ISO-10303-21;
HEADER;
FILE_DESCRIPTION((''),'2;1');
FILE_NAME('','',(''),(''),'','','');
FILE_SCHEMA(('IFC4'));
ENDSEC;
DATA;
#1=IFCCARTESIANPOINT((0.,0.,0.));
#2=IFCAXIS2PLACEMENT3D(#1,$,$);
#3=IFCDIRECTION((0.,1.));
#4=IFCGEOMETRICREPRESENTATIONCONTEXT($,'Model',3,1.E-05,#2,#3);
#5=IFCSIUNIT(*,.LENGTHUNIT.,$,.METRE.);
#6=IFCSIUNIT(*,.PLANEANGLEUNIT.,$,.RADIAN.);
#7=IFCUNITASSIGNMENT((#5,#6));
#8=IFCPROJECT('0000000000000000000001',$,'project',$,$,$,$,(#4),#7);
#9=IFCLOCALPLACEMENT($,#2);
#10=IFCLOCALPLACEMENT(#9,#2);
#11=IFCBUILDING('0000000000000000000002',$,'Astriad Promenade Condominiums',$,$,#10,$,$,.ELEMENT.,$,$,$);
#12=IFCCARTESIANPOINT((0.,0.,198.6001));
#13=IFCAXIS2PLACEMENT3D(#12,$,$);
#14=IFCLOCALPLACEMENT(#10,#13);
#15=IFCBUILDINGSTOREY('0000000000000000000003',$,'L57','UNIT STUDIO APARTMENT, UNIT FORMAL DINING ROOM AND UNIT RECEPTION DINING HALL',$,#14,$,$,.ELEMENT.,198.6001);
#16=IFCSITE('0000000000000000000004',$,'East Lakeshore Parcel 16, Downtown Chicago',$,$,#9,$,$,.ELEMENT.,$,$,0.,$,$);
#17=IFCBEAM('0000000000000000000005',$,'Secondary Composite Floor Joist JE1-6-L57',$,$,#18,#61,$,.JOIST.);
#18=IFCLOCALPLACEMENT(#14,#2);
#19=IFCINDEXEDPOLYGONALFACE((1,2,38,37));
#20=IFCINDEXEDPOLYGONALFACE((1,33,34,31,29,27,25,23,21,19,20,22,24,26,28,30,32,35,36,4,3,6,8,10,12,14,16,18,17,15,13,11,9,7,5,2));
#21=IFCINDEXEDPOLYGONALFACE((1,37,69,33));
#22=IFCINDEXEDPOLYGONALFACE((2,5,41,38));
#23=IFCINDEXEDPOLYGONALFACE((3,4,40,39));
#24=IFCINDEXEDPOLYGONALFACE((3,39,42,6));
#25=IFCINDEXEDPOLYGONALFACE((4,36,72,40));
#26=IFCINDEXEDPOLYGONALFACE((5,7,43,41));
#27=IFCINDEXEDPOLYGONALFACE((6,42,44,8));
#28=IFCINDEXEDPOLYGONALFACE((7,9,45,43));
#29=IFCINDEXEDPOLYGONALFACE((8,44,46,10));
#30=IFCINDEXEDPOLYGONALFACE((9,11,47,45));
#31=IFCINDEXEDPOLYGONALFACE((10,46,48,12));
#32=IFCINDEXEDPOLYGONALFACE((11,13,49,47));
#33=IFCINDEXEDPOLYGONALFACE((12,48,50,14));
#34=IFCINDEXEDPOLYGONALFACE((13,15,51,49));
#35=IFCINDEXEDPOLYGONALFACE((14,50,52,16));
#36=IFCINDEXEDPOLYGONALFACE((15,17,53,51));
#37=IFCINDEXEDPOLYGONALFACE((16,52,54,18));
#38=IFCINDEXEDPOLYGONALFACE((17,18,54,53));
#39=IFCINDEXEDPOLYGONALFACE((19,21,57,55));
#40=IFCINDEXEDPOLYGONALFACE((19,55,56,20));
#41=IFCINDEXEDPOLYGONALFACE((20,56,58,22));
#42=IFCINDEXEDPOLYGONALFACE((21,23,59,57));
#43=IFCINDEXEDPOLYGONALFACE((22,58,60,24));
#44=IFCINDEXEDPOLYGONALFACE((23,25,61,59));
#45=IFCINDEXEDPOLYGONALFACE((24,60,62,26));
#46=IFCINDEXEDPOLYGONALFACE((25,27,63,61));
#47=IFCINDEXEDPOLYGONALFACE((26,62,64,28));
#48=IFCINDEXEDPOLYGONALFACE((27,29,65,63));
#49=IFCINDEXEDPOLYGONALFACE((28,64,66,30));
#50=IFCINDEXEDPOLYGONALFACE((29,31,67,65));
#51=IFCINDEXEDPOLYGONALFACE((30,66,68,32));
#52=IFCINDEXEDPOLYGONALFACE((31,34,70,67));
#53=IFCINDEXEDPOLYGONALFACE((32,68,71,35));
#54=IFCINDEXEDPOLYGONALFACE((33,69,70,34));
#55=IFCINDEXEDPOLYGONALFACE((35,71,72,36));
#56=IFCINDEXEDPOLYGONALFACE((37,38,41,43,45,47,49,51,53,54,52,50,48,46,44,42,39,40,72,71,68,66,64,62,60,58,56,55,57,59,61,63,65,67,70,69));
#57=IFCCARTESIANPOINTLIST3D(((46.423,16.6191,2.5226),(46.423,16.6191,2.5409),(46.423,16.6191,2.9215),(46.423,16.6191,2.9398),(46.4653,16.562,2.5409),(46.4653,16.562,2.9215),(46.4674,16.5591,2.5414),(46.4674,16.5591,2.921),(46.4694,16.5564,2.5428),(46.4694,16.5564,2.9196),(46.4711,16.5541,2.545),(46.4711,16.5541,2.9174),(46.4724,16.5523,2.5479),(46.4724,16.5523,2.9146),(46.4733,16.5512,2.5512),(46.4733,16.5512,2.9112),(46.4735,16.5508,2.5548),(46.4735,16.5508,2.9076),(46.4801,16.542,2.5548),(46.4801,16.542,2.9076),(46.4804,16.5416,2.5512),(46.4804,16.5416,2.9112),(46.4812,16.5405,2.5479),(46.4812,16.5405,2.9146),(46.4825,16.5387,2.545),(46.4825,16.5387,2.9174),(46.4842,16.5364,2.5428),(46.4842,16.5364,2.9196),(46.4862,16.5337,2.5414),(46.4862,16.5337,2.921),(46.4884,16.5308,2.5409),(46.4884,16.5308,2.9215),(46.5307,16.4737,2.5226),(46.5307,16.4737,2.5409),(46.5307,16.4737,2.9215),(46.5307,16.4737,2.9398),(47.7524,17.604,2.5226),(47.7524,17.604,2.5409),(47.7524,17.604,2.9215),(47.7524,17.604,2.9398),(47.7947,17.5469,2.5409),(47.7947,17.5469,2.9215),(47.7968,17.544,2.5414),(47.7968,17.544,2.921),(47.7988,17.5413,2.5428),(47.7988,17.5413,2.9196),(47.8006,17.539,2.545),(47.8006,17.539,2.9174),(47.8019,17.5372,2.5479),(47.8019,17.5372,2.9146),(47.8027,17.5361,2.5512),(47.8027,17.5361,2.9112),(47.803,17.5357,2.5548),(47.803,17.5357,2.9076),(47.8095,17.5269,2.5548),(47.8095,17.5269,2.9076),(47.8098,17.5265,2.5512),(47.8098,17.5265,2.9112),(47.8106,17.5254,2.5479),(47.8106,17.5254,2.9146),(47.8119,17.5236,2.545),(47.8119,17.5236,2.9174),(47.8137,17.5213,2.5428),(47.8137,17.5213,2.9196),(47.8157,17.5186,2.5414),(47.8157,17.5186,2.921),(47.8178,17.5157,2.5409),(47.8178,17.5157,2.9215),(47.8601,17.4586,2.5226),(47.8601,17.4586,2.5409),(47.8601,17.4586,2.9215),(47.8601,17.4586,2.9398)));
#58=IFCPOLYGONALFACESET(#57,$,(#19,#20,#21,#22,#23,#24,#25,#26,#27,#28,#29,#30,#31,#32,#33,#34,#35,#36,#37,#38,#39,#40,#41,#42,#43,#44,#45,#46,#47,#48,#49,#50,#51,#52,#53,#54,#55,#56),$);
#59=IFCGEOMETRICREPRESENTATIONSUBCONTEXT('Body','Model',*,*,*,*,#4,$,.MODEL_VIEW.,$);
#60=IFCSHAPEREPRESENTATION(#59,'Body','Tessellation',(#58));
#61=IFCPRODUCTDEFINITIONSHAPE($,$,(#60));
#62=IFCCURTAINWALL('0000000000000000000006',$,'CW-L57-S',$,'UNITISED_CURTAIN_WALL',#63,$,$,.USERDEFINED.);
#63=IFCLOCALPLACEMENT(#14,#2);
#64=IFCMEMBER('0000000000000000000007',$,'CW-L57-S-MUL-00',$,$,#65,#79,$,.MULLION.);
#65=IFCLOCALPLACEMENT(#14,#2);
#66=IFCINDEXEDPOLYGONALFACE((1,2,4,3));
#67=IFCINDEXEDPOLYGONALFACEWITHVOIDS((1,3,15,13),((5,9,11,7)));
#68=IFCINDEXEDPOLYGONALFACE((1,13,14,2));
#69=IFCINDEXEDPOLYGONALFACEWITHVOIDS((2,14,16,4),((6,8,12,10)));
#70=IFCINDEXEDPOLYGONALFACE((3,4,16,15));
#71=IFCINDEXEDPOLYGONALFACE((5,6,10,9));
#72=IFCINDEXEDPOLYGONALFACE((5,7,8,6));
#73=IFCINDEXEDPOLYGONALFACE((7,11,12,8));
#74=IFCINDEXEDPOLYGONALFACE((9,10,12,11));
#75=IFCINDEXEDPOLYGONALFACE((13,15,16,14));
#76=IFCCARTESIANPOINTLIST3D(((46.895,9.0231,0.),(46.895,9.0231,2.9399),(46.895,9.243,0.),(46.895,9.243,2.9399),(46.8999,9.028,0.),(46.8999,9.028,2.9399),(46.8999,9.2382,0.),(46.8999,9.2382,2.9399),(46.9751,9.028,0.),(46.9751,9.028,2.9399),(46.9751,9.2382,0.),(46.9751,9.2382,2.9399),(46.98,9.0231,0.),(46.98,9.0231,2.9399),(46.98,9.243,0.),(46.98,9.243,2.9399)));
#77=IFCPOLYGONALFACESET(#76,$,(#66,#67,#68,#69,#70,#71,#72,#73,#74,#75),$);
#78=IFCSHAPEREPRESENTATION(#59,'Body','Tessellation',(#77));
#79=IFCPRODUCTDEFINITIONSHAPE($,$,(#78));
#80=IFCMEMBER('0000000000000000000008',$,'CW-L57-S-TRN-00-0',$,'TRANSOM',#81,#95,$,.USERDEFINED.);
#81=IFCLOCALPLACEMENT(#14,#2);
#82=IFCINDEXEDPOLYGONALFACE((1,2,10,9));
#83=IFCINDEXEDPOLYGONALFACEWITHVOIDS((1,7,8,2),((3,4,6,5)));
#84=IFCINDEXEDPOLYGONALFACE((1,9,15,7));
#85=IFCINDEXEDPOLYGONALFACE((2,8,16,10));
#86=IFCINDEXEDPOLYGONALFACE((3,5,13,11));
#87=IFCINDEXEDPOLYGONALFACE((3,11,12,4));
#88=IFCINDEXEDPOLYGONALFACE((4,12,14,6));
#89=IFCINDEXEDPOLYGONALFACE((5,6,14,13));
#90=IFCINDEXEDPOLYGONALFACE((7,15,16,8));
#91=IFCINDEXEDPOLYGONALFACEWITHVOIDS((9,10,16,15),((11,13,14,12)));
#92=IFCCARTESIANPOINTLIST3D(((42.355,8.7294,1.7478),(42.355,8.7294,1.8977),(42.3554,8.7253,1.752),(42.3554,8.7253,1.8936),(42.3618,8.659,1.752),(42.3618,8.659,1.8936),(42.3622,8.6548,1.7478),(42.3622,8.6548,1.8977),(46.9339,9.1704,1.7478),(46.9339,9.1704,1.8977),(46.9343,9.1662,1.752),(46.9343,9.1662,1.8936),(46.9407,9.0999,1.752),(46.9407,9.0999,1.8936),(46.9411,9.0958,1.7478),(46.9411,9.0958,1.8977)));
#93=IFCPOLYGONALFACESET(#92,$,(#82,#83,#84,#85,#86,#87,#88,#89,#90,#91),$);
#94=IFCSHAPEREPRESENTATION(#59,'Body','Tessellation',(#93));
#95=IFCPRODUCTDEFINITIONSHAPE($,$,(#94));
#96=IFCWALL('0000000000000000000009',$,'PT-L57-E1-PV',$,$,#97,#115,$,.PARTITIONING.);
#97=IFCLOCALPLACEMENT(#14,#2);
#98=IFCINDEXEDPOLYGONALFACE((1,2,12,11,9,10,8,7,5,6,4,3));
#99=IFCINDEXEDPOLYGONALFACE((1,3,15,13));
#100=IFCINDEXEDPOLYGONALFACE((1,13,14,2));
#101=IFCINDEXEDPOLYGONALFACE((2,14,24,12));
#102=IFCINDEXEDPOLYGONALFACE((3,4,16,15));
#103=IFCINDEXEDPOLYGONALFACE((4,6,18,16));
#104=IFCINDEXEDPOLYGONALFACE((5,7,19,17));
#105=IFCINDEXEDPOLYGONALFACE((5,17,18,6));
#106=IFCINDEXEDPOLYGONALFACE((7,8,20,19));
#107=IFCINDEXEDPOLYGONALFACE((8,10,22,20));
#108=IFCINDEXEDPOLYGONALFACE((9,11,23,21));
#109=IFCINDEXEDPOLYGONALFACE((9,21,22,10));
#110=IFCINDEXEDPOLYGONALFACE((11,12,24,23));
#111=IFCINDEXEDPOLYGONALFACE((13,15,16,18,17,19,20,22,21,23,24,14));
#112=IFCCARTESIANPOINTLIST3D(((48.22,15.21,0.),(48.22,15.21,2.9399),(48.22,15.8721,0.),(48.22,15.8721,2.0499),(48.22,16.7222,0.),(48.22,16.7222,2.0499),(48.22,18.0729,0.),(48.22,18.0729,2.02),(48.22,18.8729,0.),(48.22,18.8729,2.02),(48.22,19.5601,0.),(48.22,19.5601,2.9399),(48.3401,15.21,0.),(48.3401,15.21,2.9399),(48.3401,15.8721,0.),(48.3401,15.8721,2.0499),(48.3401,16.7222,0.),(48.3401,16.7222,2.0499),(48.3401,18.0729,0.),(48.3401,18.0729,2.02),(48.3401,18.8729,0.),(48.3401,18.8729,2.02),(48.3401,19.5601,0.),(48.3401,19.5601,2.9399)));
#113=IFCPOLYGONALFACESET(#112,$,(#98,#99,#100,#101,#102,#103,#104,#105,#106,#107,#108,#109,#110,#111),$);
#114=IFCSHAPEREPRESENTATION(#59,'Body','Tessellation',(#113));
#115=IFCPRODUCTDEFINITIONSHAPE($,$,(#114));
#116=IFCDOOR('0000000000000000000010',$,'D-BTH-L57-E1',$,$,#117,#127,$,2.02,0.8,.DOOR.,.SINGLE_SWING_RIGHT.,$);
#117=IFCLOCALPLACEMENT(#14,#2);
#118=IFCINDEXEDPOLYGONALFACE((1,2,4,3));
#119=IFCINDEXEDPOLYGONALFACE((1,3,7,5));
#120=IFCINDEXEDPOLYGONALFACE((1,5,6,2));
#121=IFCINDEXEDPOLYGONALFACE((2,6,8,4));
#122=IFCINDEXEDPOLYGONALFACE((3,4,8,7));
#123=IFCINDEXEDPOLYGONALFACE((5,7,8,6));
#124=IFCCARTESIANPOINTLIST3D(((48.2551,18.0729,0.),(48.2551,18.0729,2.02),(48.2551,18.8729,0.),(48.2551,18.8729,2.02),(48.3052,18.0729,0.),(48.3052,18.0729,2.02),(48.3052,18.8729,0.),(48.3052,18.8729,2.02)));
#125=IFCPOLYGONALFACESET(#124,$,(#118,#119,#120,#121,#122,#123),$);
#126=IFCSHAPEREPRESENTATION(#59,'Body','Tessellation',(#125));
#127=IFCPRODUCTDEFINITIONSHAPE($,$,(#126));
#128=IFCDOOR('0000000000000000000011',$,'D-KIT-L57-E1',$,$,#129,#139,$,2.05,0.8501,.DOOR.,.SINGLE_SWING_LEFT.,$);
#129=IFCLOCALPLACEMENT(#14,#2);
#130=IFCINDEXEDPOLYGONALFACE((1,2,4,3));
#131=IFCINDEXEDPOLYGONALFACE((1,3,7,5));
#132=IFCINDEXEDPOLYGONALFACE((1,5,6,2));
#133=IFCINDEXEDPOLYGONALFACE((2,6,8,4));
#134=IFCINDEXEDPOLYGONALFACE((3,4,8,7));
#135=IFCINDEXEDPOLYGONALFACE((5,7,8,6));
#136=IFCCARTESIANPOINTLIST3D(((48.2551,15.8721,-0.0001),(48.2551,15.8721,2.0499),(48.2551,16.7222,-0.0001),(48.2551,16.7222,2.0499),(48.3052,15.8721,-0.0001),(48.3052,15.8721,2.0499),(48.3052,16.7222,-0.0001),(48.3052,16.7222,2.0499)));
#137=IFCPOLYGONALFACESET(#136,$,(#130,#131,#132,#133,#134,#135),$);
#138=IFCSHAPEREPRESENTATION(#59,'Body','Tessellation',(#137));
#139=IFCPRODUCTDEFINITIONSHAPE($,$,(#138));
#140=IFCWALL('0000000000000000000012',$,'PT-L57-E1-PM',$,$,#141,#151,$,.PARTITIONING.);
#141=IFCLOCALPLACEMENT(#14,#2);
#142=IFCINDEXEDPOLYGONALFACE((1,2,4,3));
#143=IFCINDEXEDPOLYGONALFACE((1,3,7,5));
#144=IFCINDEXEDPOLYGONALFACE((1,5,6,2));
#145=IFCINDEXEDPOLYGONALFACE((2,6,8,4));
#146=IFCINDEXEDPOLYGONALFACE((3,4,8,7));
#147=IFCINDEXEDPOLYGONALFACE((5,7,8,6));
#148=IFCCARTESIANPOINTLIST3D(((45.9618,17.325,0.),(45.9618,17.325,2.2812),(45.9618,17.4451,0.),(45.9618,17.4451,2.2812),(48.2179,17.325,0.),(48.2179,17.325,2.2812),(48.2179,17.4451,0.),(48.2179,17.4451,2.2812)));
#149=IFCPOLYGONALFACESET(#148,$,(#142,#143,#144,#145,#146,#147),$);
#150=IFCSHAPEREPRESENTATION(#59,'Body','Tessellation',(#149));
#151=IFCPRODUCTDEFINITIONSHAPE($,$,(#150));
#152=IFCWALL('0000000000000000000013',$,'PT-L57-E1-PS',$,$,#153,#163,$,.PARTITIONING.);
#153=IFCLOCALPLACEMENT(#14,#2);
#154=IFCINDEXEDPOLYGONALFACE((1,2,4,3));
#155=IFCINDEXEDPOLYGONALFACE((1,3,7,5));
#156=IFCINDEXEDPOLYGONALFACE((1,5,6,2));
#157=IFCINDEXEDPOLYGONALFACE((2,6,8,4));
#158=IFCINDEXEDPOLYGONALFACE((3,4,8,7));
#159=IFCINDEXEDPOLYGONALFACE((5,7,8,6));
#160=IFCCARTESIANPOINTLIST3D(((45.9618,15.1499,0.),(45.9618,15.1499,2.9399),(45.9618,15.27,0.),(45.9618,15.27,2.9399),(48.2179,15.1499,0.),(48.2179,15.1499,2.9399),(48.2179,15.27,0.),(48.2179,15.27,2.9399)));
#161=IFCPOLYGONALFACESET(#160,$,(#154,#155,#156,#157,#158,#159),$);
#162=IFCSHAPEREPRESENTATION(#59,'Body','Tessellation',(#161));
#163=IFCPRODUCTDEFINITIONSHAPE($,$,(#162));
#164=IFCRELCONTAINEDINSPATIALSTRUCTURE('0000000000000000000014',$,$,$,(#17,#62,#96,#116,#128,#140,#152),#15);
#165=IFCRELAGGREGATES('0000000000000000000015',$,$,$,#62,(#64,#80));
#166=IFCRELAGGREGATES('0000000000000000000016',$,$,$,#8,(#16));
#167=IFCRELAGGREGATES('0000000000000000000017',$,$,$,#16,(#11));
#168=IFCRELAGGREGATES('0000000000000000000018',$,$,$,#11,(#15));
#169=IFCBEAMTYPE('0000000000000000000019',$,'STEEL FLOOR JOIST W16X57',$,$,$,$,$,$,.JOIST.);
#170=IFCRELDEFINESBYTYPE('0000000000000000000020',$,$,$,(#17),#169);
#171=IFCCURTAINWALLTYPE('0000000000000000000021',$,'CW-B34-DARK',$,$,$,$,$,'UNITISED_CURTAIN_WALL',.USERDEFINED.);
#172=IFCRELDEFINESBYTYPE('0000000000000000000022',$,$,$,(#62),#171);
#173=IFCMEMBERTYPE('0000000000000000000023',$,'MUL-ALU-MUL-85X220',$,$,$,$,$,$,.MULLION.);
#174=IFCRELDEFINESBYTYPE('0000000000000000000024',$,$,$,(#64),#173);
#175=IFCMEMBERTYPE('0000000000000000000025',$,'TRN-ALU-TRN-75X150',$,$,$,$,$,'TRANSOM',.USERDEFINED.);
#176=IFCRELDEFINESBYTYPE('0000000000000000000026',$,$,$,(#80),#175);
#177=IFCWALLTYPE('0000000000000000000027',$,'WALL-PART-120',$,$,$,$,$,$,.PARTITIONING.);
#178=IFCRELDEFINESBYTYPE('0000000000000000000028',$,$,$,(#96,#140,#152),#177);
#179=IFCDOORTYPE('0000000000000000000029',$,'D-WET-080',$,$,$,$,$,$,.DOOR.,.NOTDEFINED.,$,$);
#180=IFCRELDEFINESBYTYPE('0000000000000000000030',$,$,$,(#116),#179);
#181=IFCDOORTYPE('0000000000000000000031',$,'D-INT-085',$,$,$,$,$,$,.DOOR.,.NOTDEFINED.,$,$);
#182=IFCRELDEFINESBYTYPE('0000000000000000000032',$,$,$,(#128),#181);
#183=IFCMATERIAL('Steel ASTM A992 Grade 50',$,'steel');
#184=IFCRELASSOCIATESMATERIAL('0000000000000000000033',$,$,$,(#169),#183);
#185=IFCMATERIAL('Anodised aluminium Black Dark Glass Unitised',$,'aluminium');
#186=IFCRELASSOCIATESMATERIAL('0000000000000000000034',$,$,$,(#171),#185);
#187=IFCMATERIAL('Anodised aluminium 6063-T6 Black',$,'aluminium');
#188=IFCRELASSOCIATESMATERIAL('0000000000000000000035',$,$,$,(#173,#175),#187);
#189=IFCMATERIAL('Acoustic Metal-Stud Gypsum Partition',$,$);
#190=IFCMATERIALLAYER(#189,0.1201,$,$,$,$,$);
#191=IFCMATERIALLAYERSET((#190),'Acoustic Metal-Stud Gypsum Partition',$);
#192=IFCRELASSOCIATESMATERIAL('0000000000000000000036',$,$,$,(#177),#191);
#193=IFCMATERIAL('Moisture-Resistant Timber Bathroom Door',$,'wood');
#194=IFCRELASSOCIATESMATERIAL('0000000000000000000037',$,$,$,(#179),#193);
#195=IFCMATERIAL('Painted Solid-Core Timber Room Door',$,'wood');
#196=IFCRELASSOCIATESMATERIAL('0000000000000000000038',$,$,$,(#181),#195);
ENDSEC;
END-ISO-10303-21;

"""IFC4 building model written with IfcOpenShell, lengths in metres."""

from ifc_helpers import new_model, si_unit, direction, frame, frame_2d, origin, origin_2d, place, context, subcontext, project, spatial, rectangle, hollow_rectangle, i_section, extrude, source, transform, mapped, material, layer, layer_set, material_profile, profile_set, type_object, type_shapes, element, fill, aggregate, save


model = new_model("IFC4")

# Units and contexts
model_context = context("Model", 3, precision=1e-05, world=origin(), true_north=direction((0.0, 1.0)))
body_context = subcontext(model_context, "Body", "Model", "MODEL_VIEW")
ifc_project = project(units=[si_unit("LENGTHUNIT", "METRE"), si_unit("PLANEANGLEUNIT", "RADIAN")], contexts=[model_context])

# Site, building, storey
site_placement = place(None, origin())
site = spatial("IfcSite", under=ifc_project, at=site_placement, Name="East Lakeshore Parcel 16, Downtown Chicago", CompositionType="ELEMENT", RefElevation=0.0)
building_placement = place(site_placement, origin())
building = spatial("IfcBuilding", under=site, at=building_placement, Name="Astriad Promenade Condominiums", CompositionType="ELEMENT")
storey_placement = place(building_placement, frame((0.0, 0.0, 198.6001)))
storey = spatial("IfcBuildingStorey", under=building, at=storey_placement, Name="L57", Description="UNIT STUDIO APARTMENT, UNIT FORMAL DINING ROOM AND UNIT RECEPTION DINING HALL", CompositionType="ELEMENT", Elevation=198.6001)

# Beam
ifc_material_1 = material(Name="Steel ASTM A992 Grade 50", Category="steel")
ifc_material_profile_1 = material_profile(ifc_material_1, i_section(OverallWidth=0.1809, OverallDepth=0.4172, WebThickness=0.011, FlangeThickness=0.0183, FilletRadius=0.0139, at=origin_2d()), Name="W16X57")
ifc_profile_set_1 = profile_set([ifc_material_profile_1], Name="Steel ASTM A992 Grade 50")
beam_type_1 = type_object("IfcBeamType", Name="STEEL FLOOR JOIST W16X57", PredefinedType="JOIST", material=ifc_profile_set_1)
shared_shape_1 = source(origin(), body_context, "Body", "SweptSolid", [
    extrude(i_section(OverallWidth=0.1809, OverallDepth=0.4172, WebThickness=0.011, FlangeThickness=0.0183, FilletRadius=0.0139, at=origin_2d()), origin(), (0.0, 0.0, 1.0), 1.6545),
])
beam_1_placement = place(storey_placement, frame((46.4768, 16.5464, 2.7312), z_axis=(0.80351, 0.595291, 0.0), x_axis=(-0.595291, 0.80351, 0.0)))
element("IfcBeam", 1, at=beam_1_placement, inside=storey, type_object=beam_type_1, Name="Secondary Composite Floor Joist JE1-6-L57", PredefinedType="JOIST", context=body_context, shape_type="MappedRepresentation", body=[
    mapped(shared_shape_1, transform((0.0, 0.0, 0.0), scale=1.0)),
])

# Curtain wall, members
ifc_material_2 = material(Name="Anodised aluminium Black Dark Glass Unitised", Category="aluminium")
curtain_wall_type = type_object("IfcCurtainWallType", Name="CW-B34-DARK", ElementType="UNITISED_CURTAIN_WALL", PredefinedType="USERDEFINED", material=ifc_material_2)
curtain_wall_placement = place(storey_placement, origin())
curtain_wall = element("IfcCurtainWall", 2, at=curtain_wall_placement, inside=storey, type_object=curtain_wall_type, Name="CW-L57-S", ObjectType="UNITISED_CURTAIN_WALL", PredefinedType="USERDEFINED")
ifc_material_3 = material(Name="Anodised aluminium 6063-T6 Black", Category="aluminium")
ifc_material_profile_2 = material_profile(ifc_material_3, hollow_rectangle(XDim=0.085, YDim=0.22, WallThickness=0.0049, at=origin_2d()), Name="ALU-MUL-85X220")
ifc_profile_set_2 = profile_set([ifc_material_profile_2], Name="Anodised aluminium 6063-T6 Black")
member_type_1 = type_object("IfcMemberType", Name="MUL-ALU-MUL-85X220", PredefinedType="MULLION", material=ifc_profile_set_2)
shared_shape_2 = source(origin(), body_context, "Body", "SweptSolid", [
    extrude(hollow_rectangle(XDim=0.085, YDim=0.22, WallThickness=0.0049, at=origin_2d()), origin(), (0.0, 0.0, 1.0), 2.9399),
])
type_shapes(member_type_1, [shared_shape_2])
member_1_placement = place(storey_placement, frame((46.9375, 9.1331, 0.0), z_axis=(0.0, 0.0, 1.0), x_axis=(1.0, 0.0, 0.0)))
member_1 = element("IfcMember", 3, at=member_1_placement, type_object=member_type_1, Name="CW-L57-S-MUL-00", PredefinedType="MULLION", context=body_context, shape_type="MappedRepresentation", body=[
    mapped(shared_shape_2, transform((0.0, 0.0, 0.0), scale=1.0)),
])
ifc_material_profile_3 = material_profile(ifc_material_3, hollow_rectangle(XDim=0.075, YDim=0.1499, WallThickness=0.0042, at=origin_2d()), Name="ALU-TRN-75X150")
ifc_profile_set_3 = profile_set([ifc_material_profile_3], Name="Anodised aluminium 6063-T6 Black")
member_type_2 = type_object("IfcMemberType", Name="TRN-ALU-TRN-75X150", ElementType="TRANSOM", PredefinedType="USERDEFINED", material=ifc_profile_set_3)
shared_shape_3 = source(origin(), body_context, "Body", "SweptSolid", [
    extrude(hollow_rectangle(XDim=0.075, YDim=0.1499, WallThickness=0.0042, at=origin_2d()), origin(), (0.0, 0.0, 1.0), 4.6001),
])
type_shapes(member_type_2, [shared_shape_3])
member_2_placement = place(storey_placement, frame((46.9375, 9.1331, 1.8228), z_axis=(-0.995396, -0.095851, 0.0), x_axis=(0.095851, -0.995396, 0.0)))
member_2 = element("IfcMember", 4, at=member_2_placement, type_object=member_type_2, Name="CW-L57-S-TRN-00-0", ObjectType="TRANSOM", PredefinedType="USERDEFINED", context=body_context, shape_type="MappedRepresentation", body=[
    mapped(shared_shape_3, transform((0.0, 0.0, 0.0), scale=1.0)),
])
aggregate(curtain_wall, [member_1, member_2])

# Wall, openings, doors
ifc_material_4 = material(Name="Acoustic Metal-Stud Gypsum Partition")
ifc_layer = layer(ifc_material_4, 0.1201)
ifc_layer_set = layer_set([ifc_layer], Name="Acoustic Metal-Stud Gypsum Partition")
wall_type = type_object("IfcWallType", Name="WALL-PART-120", PredefinedType="PARTITIONING", material=ifc_layer_set)
wall_1_placement = place(storey_placement, frame((48.28, 15.21, 0.0), z_axis=(0.0, 0.0, 1.0), x_axis=(0.0, 1.0, 0.0)))
wall_1 = element("IfcWall", 5, at=wall_1_placement, inside=storey, type_object=wall_type, Name="PT-L57-E1-PV", PredefinedType="PARTITIONING", context=body_context, shape_type="SweptSolid", body=[
    extrude(rectangle(XDim=4.3501, YDim=0.1201, at=frame_2d((2.175, 0.0))), origin(), (0.0, 0.0, 1.0), 2.9399),
])
opening_1_placement = place(wall_1_placement, frame((0.6621, 0.0, 0.0)))
opening_1 = element("IfcOpeningElement", 6, at=opening_1_placement, cuts=wall_1, PredefinedType="OPENING", context=body_context, shape_type="SweptSolid", body=[
    extrude(rectangle(XDim=0.8501, YDim=2.05, at=frame_2d((0.425, 1.0249))), frame((0.0, 0.0701, 0.0), z_axis=(0.0, -1.0, 0.0), x_axis=(1.0, 0.0, 0.0)), (0.0, 0.0, 1.0), 0.1401),
])
opening_2_placement = place(wall_1_placement, frame((2.863, 0.0, 0.0)))
opening_2 = element("IfcOpeningElement", 7, at=opening_2_placement, cuts=wall_1, PredefinedType="OPENING", context=body_context, shape_type="SweptSolid", body=[
    extrude(rectangle(XDim=0.8, YDim=2.02, at=frame_2d((0.3999, 1.01))), frame((0.0, 0.0701, 0.0), z_axis=(0.0, -1.0, 0.0), x_axis=(1.0, 0.0, 0.0)), (0.0, 0.0, 1.0), 0.1401),
])
ifc_material_5 = material(Name="Moisture-Resistant Timber Bathroom Door", Category="wood")
door_type_1 = type_object("IfcDoorType", Name="D-WET-080", OperationType="NOTDEFINED", PredefinedType="DOOR", material=ifc_material_5)
shared_shape_4 = source(origin(), body_context, "Body", "SweptSolid", [
    extrude(rectangle(XDim=0.8, YDim=2.02, at=frame_2d((0.3999, 1.01))), frame((0.0, 0.0249, 0.0), z_axis=(0.0, -1.0, 0.0), x_axis=(1.0, 0.0, 0.0)), (0.0, 0.0, 1.0), 0.05),
])
type_shapes(door_type_1, [shared_shape_4])
door_1_placement = place(opening_2_placement, origin())
door_1 = element("IfcDoor", 8, at=door_1_placement, inside=storey, type_object=door_type_1, Name="D-BTH-L57-E1", OperationType="SINGLE_SWING_RIGHT", OverallHeight=2.02, OverallWidth=0.8, PredefinedType="DOOR", context=body_context, shape_type="MappedRepresentation", body=[
    mapped(shared_shape_4, transform((0.0, 0.0, 0.0), scale=1.0)),
])
fill(opening_2, door_1)
ifc_material_6 = material(Name="Painted Solid-Core Timber Room Door", Category="wood")
door_type_2 = type_object("IfcDoorType", Name="D-INT-085", OperationType="NOTDEFINED", PredefinedType="DOOR", material=ifc_material_6)
shared_shape_5 = source(origin(), body_context, "Body", "SweptSolid", [
    extrude(rectangle(XDim=0.8501, YDim=2.05, at=frame_2d((0.425, 1.0249))), frame((0.0, 0.0249, 0.0), z_axis=(0.0, -1.0, 0.0), x_axis=(1.0, 0.0, 0.0)), (0.0, 0.0, 1.0), 0.05),
])
type_shapes(door_type_2, [shared_shape_5])
door_2_placement = place(opening_1_placement, origin())
door_2 = element("IfcDoor", 9, at=door_2_placement, inside=storey, type_object=door_type_2, Name="D-KIT-L57-E1", OperationType="SINGLE_SWING_LEFT", OverallHeight=2.05, OverallWidth=0.8501, PredefinedType="DOOR", context=body_context, shape_type="MappedRepresentation", body=[
    mapped(shared_shape_5, transform((0.0, 0.0, 0.0), scale=1.0)),
])
fill(opening_1, door_2)

# Walls
wall_2_placement = place(storey_placement, frame((45.9619, 17.385, 0.0), z_axis=(0.0, 0.0, 1.0), x_axis=(1.0, 0.0, 0.0)))
element("IfcWall", 10, at=wall_2_placement, inside=storey, type_object=wall_type, Name="PT-L57-E1-PM", PredefinedType="PARTITIONING", context=body_context, shape_type="SweptSolid", body=[
    extrude(rectangle(XDim=2.2561, YDim=0.1201, at=frame_2d((1.1279, 0.0))), origin(), (0.0, 0.0, 1.0), 2.2812),
])
wall_3_placement = place(storey_placement, frame((45.9619, 15.21, 0.0), z_axis=(0.0, 0.0, 1.0), x_axis=(1.0, 0.0, 0.0)))
element("IfcWall", 11, at=wall_3_placement, inside=storey, type_object=wall_type, Name="PT-L57-E1-PS", PredefinedType="PARTITIONING", context=body_context, shape_type="SweptSolid", body=[
    extrude(rectangle(XDim=2.2561, YDim=0.1201, at=frame_2d((1.1279, 0.0))), origin(), (0.0, 0.0, 1.0), 2.9399),
])

save(model, "model.ifc")
